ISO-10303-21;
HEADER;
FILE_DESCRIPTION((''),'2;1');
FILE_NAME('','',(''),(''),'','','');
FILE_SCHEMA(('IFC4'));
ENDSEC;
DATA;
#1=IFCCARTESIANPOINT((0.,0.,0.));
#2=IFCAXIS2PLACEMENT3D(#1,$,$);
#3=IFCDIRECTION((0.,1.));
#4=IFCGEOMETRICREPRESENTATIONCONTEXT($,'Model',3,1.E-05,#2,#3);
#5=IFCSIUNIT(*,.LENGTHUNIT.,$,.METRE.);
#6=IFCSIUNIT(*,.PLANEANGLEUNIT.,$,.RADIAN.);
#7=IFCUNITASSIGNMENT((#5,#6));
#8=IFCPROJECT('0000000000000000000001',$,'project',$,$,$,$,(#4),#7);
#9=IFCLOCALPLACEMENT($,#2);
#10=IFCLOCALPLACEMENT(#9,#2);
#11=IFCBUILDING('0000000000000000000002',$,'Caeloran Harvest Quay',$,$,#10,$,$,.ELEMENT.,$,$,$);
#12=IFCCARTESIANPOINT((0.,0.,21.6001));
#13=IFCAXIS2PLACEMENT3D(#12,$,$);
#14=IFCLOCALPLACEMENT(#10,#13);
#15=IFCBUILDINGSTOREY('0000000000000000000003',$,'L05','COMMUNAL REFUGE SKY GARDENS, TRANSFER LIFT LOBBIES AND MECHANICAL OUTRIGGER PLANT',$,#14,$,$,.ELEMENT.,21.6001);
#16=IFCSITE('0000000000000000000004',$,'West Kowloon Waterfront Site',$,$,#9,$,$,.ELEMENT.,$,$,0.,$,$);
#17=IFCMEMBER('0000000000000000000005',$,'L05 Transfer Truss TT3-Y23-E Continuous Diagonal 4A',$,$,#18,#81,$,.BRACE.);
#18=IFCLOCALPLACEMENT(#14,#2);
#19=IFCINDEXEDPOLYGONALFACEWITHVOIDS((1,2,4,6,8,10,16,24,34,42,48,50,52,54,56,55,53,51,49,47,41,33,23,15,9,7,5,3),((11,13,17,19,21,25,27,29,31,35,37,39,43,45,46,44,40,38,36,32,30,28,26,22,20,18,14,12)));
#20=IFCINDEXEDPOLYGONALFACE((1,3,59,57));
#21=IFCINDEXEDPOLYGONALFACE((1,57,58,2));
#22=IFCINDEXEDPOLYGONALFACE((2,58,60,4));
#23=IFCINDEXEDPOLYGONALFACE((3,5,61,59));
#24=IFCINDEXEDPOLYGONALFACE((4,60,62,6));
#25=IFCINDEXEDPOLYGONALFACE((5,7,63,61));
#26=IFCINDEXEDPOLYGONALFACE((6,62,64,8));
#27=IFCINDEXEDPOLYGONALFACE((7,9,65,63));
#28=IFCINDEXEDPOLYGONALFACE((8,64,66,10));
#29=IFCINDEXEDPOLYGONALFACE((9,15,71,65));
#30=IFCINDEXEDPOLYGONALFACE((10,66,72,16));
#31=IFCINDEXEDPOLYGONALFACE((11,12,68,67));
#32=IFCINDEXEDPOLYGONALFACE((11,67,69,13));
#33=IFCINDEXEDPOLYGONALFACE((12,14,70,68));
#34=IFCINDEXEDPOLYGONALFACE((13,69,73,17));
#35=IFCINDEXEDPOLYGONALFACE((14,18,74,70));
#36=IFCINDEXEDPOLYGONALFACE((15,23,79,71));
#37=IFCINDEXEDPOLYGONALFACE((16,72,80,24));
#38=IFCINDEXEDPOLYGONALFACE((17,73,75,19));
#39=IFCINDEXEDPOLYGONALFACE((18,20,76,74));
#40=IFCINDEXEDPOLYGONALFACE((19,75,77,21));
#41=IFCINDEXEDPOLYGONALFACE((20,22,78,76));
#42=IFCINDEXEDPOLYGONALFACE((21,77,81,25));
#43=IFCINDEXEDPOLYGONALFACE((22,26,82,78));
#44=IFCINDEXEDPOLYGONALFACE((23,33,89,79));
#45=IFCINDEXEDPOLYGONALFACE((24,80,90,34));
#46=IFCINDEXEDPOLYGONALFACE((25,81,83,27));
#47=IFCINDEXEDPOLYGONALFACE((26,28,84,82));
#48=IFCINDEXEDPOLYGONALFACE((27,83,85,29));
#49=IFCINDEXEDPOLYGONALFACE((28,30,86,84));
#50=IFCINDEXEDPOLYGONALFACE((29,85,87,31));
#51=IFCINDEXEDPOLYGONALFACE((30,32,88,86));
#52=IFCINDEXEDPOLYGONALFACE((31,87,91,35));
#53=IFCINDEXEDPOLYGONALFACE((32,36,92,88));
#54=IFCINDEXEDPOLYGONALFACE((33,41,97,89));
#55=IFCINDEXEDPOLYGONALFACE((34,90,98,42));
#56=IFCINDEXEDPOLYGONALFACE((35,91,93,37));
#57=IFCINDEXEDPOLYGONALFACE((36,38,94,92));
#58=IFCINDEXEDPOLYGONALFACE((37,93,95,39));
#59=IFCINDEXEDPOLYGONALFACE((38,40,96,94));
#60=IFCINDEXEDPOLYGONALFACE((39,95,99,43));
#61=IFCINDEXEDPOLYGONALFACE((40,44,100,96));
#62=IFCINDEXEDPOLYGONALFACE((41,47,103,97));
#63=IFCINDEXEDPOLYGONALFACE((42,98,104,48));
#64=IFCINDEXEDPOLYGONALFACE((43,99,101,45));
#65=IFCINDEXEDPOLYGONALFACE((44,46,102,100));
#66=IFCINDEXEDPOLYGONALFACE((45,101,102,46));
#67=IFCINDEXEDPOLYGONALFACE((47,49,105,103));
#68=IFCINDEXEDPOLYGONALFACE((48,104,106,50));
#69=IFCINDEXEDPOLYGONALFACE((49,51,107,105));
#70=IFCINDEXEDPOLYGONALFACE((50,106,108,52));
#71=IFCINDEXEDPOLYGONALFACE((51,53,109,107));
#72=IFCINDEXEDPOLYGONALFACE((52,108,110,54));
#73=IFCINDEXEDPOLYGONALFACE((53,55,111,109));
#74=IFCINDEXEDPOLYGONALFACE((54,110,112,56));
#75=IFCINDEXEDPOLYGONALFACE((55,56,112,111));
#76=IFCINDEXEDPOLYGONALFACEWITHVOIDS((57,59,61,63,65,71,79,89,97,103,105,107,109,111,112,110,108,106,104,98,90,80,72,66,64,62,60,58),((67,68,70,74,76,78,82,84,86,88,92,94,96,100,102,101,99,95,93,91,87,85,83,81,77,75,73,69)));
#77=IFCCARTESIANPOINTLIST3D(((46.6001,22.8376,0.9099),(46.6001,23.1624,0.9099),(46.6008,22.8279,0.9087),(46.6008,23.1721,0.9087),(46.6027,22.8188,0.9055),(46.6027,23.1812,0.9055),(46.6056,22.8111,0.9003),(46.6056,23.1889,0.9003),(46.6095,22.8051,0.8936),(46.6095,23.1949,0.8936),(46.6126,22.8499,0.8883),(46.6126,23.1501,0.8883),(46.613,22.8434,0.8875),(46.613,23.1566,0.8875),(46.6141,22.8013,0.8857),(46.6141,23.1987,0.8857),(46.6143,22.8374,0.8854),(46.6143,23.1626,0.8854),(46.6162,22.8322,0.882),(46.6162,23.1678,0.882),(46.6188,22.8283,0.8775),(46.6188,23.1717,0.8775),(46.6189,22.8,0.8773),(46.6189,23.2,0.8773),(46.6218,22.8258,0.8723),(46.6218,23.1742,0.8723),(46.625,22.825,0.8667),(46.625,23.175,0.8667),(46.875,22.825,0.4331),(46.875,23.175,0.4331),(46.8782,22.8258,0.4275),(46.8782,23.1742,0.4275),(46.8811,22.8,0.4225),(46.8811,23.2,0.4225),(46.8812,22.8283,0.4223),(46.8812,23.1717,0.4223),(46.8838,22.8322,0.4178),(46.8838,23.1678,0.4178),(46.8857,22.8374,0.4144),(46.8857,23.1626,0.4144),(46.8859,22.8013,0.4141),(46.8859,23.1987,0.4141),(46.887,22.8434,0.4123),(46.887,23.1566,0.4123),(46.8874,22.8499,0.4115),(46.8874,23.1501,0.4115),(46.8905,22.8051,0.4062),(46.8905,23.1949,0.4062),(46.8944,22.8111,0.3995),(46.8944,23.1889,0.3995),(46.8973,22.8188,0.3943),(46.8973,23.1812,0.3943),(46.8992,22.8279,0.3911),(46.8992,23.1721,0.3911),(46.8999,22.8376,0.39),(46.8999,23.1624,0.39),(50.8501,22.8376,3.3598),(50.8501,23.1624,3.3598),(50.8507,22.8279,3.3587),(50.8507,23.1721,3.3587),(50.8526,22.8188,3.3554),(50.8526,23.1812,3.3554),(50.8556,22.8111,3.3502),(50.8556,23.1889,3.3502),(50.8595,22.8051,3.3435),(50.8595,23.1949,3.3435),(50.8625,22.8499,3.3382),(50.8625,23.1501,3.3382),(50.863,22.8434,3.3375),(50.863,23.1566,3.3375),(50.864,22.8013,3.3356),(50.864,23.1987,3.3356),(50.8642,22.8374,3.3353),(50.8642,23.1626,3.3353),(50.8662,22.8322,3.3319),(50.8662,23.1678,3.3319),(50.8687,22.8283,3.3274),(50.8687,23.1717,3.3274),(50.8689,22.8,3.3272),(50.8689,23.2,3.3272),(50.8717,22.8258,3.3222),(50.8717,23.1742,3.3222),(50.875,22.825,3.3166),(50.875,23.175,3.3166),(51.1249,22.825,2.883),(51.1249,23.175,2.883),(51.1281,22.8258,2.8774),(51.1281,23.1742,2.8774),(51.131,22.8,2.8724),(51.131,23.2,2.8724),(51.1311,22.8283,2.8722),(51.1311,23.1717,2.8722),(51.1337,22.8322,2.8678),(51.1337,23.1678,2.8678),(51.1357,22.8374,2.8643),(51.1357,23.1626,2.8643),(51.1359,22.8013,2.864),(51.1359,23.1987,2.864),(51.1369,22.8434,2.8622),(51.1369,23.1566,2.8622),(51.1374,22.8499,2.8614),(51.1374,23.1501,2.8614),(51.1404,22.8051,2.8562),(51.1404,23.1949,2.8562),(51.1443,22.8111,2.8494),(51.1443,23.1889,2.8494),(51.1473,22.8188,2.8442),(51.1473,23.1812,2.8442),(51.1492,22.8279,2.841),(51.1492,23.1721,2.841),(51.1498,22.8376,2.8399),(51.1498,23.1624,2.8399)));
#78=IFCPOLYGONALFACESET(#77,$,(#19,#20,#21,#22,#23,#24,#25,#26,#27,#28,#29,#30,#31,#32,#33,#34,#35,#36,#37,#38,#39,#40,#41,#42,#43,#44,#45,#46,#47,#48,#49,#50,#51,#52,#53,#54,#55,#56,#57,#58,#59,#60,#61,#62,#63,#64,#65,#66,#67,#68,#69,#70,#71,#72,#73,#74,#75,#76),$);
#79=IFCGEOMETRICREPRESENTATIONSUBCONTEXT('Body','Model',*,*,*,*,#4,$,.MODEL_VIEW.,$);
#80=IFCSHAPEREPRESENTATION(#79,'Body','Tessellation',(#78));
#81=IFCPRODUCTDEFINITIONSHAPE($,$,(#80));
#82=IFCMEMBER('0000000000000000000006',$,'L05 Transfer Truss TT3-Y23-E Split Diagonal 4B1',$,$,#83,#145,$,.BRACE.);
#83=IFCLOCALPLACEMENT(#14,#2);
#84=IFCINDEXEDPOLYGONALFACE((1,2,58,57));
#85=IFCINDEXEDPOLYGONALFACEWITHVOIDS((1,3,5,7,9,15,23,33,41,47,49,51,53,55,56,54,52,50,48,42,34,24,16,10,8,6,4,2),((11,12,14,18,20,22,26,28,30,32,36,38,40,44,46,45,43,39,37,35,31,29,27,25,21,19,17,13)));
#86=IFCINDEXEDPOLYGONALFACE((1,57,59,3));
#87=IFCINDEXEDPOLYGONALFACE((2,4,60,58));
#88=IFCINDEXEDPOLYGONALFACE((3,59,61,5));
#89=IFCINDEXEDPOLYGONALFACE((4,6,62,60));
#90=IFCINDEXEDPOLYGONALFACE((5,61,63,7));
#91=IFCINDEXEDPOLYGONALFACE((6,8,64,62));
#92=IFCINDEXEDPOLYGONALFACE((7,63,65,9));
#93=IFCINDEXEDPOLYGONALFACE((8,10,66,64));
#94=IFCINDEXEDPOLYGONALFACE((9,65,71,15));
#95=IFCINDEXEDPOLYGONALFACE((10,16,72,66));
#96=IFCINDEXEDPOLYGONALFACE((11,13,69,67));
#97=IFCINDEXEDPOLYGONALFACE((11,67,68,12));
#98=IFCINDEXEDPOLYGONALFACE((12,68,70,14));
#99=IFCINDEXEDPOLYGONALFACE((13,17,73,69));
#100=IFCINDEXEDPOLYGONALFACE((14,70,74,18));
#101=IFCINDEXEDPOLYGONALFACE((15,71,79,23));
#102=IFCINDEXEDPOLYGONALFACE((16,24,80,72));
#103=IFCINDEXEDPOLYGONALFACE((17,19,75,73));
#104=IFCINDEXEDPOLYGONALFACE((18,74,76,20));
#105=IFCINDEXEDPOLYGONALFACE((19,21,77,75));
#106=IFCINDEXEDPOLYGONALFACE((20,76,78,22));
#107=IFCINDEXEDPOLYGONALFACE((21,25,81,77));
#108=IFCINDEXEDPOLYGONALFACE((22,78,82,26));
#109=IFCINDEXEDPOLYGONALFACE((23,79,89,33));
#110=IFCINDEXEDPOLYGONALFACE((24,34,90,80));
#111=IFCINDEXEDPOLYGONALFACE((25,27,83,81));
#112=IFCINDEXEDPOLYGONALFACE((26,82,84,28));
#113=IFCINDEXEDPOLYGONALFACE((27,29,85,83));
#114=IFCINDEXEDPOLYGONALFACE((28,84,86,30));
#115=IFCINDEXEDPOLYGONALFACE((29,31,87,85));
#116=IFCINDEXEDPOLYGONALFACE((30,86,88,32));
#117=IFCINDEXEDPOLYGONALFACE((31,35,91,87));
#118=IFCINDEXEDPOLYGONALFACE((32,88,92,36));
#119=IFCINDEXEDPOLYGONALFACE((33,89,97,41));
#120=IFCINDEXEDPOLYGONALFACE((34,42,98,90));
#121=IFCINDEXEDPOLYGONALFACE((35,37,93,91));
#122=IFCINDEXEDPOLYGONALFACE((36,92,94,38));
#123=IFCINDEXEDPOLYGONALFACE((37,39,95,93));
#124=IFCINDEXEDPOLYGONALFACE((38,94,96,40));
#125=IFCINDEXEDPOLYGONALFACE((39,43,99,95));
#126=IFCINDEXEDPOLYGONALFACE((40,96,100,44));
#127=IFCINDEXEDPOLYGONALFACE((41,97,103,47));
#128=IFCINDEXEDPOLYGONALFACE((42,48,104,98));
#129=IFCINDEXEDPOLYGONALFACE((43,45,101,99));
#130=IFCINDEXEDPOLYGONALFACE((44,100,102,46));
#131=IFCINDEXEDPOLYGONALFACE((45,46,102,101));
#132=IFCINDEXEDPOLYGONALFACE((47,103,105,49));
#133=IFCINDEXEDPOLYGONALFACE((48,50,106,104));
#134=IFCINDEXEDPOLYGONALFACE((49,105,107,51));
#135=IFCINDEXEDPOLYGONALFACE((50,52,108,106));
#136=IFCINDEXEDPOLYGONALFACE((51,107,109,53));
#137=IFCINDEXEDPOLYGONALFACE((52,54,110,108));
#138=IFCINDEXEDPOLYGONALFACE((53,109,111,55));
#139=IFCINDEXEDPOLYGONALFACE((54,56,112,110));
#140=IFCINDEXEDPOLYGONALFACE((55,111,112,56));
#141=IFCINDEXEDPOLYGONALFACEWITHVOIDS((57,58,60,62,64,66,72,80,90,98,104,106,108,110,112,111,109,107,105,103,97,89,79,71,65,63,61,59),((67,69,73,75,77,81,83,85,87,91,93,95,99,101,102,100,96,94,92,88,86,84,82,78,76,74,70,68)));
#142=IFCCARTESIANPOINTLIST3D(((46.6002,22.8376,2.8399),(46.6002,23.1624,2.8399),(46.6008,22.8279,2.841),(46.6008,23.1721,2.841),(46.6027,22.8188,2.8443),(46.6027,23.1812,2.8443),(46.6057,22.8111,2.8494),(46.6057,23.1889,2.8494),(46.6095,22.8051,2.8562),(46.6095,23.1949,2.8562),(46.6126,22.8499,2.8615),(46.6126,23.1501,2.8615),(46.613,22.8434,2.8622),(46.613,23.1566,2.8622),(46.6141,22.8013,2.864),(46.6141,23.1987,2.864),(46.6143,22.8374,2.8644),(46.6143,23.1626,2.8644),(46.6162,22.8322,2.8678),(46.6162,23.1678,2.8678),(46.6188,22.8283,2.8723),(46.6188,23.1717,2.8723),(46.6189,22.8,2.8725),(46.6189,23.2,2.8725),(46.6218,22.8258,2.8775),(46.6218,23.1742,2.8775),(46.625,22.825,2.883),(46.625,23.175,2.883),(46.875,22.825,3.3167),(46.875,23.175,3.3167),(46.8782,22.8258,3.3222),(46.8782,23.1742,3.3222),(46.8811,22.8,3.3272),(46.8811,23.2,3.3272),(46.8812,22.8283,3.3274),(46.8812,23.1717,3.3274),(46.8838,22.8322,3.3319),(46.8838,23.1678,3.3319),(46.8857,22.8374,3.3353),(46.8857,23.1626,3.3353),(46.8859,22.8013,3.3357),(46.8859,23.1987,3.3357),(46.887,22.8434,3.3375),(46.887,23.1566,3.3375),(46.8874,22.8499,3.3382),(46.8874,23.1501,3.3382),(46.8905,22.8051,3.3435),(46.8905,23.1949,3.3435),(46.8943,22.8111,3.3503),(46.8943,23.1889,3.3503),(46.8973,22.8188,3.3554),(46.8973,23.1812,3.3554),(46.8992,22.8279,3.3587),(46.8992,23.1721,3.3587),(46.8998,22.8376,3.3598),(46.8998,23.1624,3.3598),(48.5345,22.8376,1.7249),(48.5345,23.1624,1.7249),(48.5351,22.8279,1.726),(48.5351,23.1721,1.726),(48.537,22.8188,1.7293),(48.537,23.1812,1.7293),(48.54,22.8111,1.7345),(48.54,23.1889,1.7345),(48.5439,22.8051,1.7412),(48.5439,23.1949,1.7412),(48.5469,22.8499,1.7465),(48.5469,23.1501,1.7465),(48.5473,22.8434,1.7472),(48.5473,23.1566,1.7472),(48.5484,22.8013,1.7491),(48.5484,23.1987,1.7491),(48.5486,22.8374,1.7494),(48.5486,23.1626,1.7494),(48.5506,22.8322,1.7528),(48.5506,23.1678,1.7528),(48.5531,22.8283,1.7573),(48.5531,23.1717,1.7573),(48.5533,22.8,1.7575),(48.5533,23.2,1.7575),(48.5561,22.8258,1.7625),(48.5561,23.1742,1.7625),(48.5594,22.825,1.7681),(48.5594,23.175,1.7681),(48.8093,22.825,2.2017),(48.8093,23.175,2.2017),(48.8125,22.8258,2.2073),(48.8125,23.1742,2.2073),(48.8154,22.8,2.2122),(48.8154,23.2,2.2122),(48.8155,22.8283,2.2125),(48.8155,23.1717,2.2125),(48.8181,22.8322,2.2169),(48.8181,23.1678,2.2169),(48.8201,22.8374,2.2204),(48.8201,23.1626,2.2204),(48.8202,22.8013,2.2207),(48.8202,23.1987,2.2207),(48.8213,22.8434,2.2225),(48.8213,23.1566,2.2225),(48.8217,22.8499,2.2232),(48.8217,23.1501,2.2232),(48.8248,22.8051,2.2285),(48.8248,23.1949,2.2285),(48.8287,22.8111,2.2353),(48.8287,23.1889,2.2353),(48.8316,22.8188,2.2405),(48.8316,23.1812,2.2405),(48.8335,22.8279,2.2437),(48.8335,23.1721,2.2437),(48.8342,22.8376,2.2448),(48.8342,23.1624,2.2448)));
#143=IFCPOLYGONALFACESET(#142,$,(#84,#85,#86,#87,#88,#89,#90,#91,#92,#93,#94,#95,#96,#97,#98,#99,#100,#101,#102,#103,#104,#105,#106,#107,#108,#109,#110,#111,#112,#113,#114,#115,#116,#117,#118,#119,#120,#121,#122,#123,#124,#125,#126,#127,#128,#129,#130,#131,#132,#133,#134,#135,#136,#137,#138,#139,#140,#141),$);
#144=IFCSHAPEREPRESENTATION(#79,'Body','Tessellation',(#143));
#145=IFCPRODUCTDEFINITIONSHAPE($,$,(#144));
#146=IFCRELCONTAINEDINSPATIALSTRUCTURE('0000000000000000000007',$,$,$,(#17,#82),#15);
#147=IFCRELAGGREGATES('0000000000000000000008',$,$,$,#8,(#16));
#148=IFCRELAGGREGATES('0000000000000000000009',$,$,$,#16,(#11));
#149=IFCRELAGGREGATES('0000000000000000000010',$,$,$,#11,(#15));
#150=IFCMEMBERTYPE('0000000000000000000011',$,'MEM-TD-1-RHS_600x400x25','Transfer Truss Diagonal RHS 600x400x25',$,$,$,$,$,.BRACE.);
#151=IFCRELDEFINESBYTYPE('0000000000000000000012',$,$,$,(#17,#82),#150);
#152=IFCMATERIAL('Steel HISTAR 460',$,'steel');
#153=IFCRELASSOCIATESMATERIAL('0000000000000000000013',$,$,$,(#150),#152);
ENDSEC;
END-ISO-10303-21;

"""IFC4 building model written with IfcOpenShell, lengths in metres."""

from ifc_helpers import new_model, si_unit, direction, frame, origin, origin_2d, place, context, subcontext, project, spatial, hollow_rectangle, extrude, material, material_profile, profile_set, type_object, element, save


model = new_model("IFC4")

# Units and contexts
model_context = context("Model", 3, precision=1e-05, world=origin(), true_north=direction((0.0, 1.0)))
body_context = subcontext(model_context, "Body", "Model", "MODEL_VIEW")
ifc_project = project(units=[si_unit("LENGTHUNIT", "METRE"), si_unit("PLANEANGLEUNIT", "RADIAN")], contexts=[model_context])

# Site, building, storey
site_placement = place(None, origin())
site = spatial("IfcSite", under=ifc_project, at=site_placement, Name="West Kowloon Waterfront Site", CompositionType="ELEMENT", RefElevation=0.0)
building_placement = place(site_placement, origin())
building = spatial("IfcBuilding", under=site, at=building_placement, Name="Caeloran Harvest Quay", CompositionType="ELEMENT")
storey_placement = place(building_placement, frame((0.0, 0.0, 21.6001)))
storey = spatial("IfcBuildingStorey", under=building, at=storey_placement, Name="L05", Description="COMMUNAL REFUGE SKY GARDENS, TRANSFER LIFT LOBBIES AND MECHANICAL OUTRIGGER PLANT", CompositionType="ELEMENT", Elevation=21.6001)

# Members
ifc_material_1 = material(Name="Steel HISTAR 460", Category="steel")
ifc_material_profile_1 = material_profile(ifc_material_1, hollow_rectangle(XDim=0.3999, YDim=0.6001, WallThickness=0.0249, InnerFilletRadius=0.0249, OuterFilletRadius=0.0376, at=origin_2d()), Name="RHS 600x400x25")
ifc_profile_set_1 = profile_set([ifc_material_profile_1], Name="Steel HISTAR 460")
member_type_1 = type_object("IfcMemberType", Name="MEM-TD-1-RHS_600x400x25", Description="Transfer Truss Diagonal RHS 600x400x25", PredefinedType="BRACE", material=ifc_profile_set_1)
member_1_placement = place(storey_placement, frame((46.75, 23.0, 0.6499), z_axis=(0.86636, 0.0, 0.499421), x_axis=(0.0, 1.0, 0.0)))
element("IfcMember", 1, at=member_1_placement, inside=storey, type_object=member_type_1, Name="L05 Transfer Truss TT3-Y23-E Continuous Diagonal 4A", PredefinedType="BRACE", context=body_context, shape_type="SweptSolid", body=[
    extrude(hollow_rectangle(XDim=0.3999, YDim=0.6001, WallThickness=0.0249, InnerFilletRadius=0.0249, OuterFilletRadius=0.0376, at=origin_2d()), origin(), (0.0, 0.0, 1.0), 4.9055),
])
for number, where, z_axis, x_axis, name in (
    (2, (46.75, 23.0, 3.0999), (0.866373, 0.0, -0.499397), (0.0, 1.0, 0.0), "L05 Transfer Truss TT3-Y23-E Split Diagonal 4B1"),
):
    element("IfcMember", number, at=place(storey_placement, frame(where, z_axis=z_axis, x_axis=x_axis)), inside=storey, type_object=member_type_1, Name=name, PredefinedType="BRACE", context=body_context, shape_type="SweptSolid", body=[
        extrude(hollow_rectangle(XDim=0.3999, YDim=0.6001, WallThickness=0.0249, InnerFilletRadius=0.0249, OuterFilletRadius=0.0376, at=origin_2d()), origin(), (0.0, 0.0, 1.0), 2.2327),
    ])

save(model, "model.ifc")
